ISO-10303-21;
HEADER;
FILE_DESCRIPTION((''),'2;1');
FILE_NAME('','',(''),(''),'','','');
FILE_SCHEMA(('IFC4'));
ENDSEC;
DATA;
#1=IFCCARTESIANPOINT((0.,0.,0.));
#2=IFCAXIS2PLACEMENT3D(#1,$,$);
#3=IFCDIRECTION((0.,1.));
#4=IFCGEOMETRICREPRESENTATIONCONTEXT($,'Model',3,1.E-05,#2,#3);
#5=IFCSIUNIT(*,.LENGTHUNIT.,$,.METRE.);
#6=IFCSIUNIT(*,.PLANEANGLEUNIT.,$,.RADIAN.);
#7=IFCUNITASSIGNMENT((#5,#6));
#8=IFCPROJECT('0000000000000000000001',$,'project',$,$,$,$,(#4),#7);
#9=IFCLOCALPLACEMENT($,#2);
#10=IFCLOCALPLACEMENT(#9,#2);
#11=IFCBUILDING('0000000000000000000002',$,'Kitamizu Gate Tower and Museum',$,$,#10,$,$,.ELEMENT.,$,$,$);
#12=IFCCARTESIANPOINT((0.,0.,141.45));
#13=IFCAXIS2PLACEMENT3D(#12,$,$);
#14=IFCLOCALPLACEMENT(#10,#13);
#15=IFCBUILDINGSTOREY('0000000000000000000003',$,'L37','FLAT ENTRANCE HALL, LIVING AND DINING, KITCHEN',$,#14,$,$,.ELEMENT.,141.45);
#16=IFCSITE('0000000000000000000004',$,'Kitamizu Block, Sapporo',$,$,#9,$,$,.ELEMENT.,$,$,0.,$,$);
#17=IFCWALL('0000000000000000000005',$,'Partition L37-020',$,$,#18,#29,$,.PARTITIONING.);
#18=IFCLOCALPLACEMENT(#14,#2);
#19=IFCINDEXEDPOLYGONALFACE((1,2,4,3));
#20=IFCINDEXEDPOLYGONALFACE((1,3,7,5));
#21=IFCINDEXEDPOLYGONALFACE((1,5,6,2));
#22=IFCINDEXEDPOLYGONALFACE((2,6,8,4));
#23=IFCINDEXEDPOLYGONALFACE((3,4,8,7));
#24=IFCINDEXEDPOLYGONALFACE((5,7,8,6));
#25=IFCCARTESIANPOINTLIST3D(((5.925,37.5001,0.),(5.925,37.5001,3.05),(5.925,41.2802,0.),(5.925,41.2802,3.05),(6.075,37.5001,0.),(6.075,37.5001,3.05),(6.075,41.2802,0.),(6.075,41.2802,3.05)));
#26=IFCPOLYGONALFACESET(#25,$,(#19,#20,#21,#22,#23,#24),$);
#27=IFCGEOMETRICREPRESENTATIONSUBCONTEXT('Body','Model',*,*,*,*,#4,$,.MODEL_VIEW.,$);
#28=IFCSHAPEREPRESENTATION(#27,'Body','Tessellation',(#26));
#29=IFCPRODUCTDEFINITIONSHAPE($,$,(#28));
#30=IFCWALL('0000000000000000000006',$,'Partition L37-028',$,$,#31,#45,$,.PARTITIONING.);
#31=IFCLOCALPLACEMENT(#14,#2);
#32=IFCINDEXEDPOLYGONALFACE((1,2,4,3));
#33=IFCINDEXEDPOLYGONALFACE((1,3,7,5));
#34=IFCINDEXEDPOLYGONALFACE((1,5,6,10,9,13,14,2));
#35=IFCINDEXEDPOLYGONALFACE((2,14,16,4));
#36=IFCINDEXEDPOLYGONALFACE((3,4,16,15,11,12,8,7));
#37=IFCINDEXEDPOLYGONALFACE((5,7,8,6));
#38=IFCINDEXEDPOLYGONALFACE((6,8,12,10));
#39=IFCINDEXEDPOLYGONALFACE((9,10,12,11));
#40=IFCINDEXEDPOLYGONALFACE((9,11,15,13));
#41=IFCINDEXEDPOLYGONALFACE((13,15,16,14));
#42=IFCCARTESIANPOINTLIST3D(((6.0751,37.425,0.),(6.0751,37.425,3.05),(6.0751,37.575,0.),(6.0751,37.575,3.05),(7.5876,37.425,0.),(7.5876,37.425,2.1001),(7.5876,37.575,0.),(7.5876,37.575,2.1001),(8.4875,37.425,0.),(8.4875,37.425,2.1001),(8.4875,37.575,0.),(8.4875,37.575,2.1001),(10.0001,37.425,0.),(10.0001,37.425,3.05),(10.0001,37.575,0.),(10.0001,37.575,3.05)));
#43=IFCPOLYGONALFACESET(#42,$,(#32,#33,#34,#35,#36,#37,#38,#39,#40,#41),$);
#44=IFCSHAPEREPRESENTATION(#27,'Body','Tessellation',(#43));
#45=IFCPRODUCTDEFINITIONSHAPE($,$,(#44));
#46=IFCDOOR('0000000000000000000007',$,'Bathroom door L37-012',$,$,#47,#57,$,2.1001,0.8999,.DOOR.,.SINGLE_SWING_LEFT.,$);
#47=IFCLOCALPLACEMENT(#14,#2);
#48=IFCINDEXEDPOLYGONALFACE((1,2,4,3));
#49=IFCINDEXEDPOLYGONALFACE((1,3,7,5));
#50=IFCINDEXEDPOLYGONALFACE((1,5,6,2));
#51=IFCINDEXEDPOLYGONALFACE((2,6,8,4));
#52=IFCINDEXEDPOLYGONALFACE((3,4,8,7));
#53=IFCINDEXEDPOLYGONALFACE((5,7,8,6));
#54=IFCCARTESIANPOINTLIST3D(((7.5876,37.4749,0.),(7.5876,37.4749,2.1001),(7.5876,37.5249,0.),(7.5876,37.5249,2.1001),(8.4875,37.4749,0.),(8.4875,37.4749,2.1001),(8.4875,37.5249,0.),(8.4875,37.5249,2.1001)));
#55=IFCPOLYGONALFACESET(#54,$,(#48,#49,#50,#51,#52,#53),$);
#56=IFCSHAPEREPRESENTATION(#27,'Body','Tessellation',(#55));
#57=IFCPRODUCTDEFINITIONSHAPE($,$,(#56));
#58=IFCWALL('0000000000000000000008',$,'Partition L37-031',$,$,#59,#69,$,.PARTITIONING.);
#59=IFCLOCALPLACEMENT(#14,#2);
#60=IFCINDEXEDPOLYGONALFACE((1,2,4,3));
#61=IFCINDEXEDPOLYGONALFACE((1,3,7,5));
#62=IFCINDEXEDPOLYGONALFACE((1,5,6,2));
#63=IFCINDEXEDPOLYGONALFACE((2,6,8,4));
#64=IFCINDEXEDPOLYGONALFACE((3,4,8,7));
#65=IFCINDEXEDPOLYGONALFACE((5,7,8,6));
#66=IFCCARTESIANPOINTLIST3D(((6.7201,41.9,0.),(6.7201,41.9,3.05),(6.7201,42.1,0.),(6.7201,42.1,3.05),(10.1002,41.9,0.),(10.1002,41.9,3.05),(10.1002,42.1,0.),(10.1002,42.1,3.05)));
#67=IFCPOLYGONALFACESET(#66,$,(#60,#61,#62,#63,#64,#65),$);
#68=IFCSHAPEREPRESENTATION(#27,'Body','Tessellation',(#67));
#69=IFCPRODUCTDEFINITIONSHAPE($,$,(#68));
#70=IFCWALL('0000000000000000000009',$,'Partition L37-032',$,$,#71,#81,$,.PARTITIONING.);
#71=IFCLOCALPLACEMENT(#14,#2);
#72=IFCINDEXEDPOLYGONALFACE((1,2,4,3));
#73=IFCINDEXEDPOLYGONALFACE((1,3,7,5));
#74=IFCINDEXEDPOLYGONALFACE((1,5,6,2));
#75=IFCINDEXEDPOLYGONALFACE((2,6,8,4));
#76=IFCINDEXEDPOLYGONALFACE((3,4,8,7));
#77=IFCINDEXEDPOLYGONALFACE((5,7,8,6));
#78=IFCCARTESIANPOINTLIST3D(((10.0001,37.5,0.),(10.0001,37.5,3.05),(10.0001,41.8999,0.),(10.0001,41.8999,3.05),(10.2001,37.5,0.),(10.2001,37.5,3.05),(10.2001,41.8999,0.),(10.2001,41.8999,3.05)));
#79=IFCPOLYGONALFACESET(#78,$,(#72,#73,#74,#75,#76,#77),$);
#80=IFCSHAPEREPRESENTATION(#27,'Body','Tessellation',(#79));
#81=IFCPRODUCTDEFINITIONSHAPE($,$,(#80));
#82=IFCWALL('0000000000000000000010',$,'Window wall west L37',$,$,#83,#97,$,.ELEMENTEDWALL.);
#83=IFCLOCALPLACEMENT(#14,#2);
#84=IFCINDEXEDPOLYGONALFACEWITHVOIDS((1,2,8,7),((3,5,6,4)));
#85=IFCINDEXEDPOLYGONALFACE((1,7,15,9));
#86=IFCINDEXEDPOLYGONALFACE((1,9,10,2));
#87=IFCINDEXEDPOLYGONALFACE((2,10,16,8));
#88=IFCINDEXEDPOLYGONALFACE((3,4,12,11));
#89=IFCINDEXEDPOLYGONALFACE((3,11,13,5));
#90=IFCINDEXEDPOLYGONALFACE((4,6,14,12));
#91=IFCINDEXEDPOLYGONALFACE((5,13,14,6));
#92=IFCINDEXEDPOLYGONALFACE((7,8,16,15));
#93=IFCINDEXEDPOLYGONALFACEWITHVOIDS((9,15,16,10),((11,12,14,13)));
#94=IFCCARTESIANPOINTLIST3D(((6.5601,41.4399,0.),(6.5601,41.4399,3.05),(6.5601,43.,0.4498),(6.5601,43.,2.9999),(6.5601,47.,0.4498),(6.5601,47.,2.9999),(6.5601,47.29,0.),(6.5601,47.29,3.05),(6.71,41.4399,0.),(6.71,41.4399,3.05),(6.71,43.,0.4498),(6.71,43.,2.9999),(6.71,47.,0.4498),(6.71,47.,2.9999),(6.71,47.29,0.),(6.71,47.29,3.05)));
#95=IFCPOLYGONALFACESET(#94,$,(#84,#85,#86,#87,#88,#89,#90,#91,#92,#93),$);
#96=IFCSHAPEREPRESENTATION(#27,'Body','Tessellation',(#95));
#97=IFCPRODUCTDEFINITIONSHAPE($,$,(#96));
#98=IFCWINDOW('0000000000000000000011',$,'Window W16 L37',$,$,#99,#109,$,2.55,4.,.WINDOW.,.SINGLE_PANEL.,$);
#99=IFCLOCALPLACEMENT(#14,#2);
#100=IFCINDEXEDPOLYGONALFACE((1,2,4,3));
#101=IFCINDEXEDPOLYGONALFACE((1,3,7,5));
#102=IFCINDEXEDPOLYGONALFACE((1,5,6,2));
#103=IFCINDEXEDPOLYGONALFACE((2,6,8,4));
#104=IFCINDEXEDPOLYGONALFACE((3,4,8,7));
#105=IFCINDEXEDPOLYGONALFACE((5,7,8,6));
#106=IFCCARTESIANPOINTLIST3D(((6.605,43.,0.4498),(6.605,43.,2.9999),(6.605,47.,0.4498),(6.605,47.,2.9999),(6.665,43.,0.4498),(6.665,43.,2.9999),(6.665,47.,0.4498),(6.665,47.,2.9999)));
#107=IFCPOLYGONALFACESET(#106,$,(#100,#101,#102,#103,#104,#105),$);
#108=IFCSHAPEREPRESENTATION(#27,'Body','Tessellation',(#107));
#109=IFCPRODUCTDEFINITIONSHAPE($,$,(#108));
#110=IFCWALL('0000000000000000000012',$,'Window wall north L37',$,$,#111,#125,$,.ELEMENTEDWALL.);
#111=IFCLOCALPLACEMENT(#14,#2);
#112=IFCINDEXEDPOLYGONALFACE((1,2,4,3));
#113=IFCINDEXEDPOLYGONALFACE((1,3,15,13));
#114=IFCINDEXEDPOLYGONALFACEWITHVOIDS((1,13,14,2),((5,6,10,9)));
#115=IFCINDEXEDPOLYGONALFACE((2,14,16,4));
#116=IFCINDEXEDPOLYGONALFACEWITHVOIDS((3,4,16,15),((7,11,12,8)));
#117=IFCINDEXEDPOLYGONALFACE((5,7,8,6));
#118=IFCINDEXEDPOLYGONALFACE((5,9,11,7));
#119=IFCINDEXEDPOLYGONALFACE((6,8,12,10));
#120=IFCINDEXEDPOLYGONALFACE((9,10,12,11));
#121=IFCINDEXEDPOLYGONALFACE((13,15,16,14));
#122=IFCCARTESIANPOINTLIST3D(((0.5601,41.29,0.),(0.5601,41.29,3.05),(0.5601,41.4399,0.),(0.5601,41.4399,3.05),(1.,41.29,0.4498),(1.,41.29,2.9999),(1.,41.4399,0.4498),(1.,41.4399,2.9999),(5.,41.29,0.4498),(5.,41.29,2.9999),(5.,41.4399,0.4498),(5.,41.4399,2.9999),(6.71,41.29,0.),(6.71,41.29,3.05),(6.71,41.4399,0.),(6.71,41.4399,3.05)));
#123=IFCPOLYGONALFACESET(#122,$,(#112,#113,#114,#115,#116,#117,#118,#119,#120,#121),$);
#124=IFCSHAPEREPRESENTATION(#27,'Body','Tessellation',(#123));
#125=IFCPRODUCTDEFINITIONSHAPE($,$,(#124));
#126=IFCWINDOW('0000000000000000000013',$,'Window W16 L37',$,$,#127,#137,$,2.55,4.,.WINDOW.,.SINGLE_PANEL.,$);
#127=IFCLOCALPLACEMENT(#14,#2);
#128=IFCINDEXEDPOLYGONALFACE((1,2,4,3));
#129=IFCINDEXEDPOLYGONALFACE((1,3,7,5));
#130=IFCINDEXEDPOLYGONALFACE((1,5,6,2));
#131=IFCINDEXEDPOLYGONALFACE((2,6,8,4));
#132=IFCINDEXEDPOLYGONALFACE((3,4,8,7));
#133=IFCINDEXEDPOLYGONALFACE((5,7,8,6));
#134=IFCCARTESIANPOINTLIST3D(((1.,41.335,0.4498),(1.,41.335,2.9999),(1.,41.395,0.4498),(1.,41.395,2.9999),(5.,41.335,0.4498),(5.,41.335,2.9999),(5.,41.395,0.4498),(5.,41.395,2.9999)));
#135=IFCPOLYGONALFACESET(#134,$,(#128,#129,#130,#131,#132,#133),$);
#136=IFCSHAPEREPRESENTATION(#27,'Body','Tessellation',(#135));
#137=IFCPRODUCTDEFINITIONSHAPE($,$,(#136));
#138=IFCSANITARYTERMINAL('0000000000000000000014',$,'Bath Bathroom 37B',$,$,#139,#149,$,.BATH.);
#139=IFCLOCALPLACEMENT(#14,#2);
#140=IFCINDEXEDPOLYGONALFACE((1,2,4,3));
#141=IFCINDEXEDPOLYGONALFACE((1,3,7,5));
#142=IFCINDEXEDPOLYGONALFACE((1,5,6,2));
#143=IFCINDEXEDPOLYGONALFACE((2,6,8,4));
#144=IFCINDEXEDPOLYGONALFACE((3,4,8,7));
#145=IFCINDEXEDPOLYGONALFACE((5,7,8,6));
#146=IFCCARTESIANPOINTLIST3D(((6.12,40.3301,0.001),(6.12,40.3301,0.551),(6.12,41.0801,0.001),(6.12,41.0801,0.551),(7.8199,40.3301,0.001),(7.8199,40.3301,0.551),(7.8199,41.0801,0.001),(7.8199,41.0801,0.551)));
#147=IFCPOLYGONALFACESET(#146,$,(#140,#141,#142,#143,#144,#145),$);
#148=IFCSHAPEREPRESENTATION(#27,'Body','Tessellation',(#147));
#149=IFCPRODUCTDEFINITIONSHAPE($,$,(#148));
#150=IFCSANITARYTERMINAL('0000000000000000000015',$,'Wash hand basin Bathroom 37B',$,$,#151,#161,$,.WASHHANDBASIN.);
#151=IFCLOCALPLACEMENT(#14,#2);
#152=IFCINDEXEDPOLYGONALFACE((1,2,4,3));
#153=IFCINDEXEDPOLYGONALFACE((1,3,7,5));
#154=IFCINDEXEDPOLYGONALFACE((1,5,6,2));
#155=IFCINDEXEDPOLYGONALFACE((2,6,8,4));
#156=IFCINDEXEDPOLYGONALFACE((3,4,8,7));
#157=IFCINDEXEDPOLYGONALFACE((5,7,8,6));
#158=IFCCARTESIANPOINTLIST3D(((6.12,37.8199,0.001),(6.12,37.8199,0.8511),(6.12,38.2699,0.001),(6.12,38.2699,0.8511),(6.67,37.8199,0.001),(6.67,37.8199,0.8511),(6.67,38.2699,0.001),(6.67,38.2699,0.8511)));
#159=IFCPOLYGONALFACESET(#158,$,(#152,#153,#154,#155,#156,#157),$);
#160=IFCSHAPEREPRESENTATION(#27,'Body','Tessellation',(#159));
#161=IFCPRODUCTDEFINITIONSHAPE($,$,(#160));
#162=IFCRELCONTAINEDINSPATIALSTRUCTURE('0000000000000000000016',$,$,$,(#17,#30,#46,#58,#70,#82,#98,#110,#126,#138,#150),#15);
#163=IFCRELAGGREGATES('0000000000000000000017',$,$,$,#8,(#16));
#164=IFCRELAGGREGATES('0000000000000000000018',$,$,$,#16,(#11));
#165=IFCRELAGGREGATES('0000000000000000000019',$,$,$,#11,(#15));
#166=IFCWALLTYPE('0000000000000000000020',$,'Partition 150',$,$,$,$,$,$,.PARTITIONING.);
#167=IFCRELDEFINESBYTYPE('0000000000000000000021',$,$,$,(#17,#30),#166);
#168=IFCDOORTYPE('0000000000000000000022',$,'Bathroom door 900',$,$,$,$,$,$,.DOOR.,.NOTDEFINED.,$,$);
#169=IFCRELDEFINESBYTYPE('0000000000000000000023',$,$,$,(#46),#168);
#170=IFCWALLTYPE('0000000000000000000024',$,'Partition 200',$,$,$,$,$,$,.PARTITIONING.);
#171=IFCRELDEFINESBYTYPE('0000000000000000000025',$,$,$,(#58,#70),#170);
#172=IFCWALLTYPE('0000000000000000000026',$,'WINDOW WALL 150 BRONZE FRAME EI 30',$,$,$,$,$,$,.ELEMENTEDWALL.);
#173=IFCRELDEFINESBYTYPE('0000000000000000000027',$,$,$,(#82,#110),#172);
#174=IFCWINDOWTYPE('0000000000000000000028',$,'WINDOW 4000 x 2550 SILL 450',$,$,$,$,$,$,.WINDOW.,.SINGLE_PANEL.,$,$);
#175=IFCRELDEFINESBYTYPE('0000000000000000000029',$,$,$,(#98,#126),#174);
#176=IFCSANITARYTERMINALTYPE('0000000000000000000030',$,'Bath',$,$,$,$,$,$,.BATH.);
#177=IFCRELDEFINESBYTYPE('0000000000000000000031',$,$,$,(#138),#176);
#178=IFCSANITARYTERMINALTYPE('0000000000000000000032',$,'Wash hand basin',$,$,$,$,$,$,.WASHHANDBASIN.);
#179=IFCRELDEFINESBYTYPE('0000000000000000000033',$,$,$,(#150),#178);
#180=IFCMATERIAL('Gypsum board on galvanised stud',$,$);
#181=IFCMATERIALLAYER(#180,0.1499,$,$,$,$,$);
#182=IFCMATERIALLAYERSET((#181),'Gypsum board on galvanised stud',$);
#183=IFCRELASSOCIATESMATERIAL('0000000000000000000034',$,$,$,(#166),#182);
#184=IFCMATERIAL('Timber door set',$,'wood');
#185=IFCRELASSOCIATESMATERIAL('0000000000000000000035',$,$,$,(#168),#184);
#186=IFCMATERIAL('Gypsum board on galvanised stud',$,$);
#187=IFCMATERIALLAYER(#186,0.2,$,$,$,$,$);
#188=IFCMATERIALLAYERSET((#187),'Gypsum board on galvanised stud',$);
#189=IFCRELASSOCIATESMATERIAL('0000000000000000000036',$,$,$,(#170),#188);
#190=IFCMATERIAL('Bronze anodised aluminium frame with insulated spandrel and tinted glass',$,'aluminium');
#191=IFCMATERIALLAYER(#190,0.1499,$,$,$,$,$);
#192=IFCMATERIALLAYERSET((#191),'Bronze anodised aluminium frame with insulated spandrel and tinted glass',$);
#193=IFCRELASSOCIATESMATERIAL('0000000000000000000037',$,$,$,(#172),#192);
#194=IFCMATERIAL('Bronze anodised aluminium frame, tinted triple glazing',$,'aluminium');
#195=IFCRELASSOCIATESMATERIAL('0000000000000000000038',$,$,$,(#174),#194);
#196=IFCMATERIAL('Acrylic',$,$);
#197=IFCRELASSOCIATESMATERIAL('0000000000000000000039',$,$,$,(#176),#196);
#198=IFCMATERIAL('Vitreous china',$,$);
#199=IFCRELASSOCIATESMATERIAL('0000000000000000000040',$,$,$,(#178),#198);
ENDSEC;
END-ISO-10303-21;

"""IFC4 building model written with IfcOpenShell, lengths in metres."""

from ifc_helpers import new_model, si_unit, direction, frame, frame_2d, origin, origin_2d, place, context, subcontext, project, spatial, rectangle, extrude, material, layer, layer_set, type_object, element, fill, save


model = new_model("IFC4")

# Units and contexts
model_context = context("Model", 3, precision=1e-05, world=origin(), true_north=direction((0.0, 1.0)))
body_context = subcontext(model_context, "Body", "Model", "MODEL_VIEW")
ifc_project = project(units=[si_unit("LENGTHUNIT", "METRE"), si_unit("PLANEANGLEUNIT", "RADIAN")], contexts=[model_context])

# Site, building, storey
site_placement = place(None, origin())
site = spatial("IfcSite", under=ifc_project, at=site_placement, Name="Kitamizu Block, Sapporo", CompositionType="ELEMENT", RefElevation=0.0)
building_placement = place(site_placement, origin())
building = spatial("IfcBuilding", under=site, at=building_placement, Name="Kitamizu Gate Tower and Museum", CompositionType="ELEMENT")
storey_placement = place(building_placement, frame((0.0, 0.0, 141.45)))
storey = spatial("IfcBuildingStorey", under=building, at=storey_placement, Name="L37", Description="FLAT ENTRANCE HALL, LIVING AND DINING, KITCHEN", CompositionType="ELEMENT", Elevation=141.45)

# Wall
ifc_material_1 = material(Name="Gypsum board on galvanised stud")
ifc_layer_1 = layer(ifc_material_1, 0.1499)
ifc_layer_set_1 = layer_set([ifc_layer_1], Name="Gypsum board on galvanised stud")
wall_type_1 = type_object("IfcWallType", Name="Partition 150", PredefinedType="PARTITIONING", material=ifc_layer_set_1)
wall_1_placement = place(storey_placement, frame((6.0, 37.5, 0.0), z_axis=(0.0, 0.0, 1.0), x_axis=(0.0, 1.0, 0.0)))
element("IfcWall", 1, at=wall_1_placement, inside=storey, type_object=wall_type_1, Name="Partition L37-020", PredefinedType="PARTITIONING", context=body_context, shape_type="SweptSolid", body=[
    extrude(rectangle(XDim=3.78, YDim=0.1499, at=frame_2d((1.8901, 0.0))), origin(), (0.0, 0.0, 1.0), 3.05),
])

# Wall, opening, door
wall_2_placement = place(storey_placement, frame((10.0, 37.5, 0.0), z_axis=(0.0, 0.0, 1.0), x_axis=(-1.0, 0.0, 0.0)))
wall_2 = element("IfcWall", 2, at=wall_2_placement, inside=storey, type_object=wall_type_1, Name="Partition L37-028", PredefinedType="PARTITIONING", context=body_context, shape_type="SweptSolid", body=[
    extrude(rectangle(XDim=3.925, YDim=0.1499, at=frame_2d((1.9624, 0.0))), origin(), (0.0, 0.0, 1.0), 3.05),
])
opening_1_placement = place(wall_2_placement, frame((1.5125, 0.0, 0.0)))
opening_1 = element("IfcOpeningElement", 3, at=opening_1_placement, cuts=wall_2, PredefinedType="OPENING", context=body_context, shape_type="SweptSolid", body=[
    extrude(rectangle(XDim=0.8999, YDim=2.1001, at=frame_2d((0.45, 1.05))), frame((0.0, 0.085, 0.0), z_axis=(0.0, -1.0, 0.0), x_axis=(1.0, 0.0, 0.0)), (0.0, 0.0, 1.0), 0.1699),
])
ifc_material_2 = material(Name="Timber door set", Category="wood")
door_type = type_object("IfcDoorType", Name="Bathroom door 900", OperationType="NOTDEFINED", PredefinedType="DOOR", material=ifc_material_2)
door_placement = place(opening_1_placement, frame((0.8999, 0.0, 0.0), x_axis=(-1.0, 0.0, 0.0)))
door = element("IfcDoor", 4, at=door_placement, inside=storey, type_object=door_type, Name="Bathroom door L37-012", OperationType="SINGLE_SWING_LEFT", OverallHeight=2.1001, OverallWidth=0.8999, PredefinedType="DOOR", context=body_context, shape_type="SweptSolid", body=[
    extrude(rectangle(XDim=0.8999, YDim=2.1001, at=frame_2d((0.45, 1.05))), frame((0.0, 0.0249, 0.0), z_axis=(0.0, -1.0, 0.0), x_axis=(1.0, 0.0, 0.0)), (0.0, 0.0, 1.0), 0.05),
])
fill(opening_1, door)

# Walls
ifc_material_3 = material(Name="Gypsum board on galvanised stud")
ifc_layer_2 = layer(ifc_material_3, 0.2)
ifc_layer_set_2 = layer_set([ifc_layer_2], Name="Gypsum board on galvanised stud")
wall_type_2 = type_object("IfcWallType", Name="Partition 200", PredefinedType="PARTITIONING", material=ifc_layer_set_2)
wall_3_placement = place(storey_placement, frame((10.1001, 42.0, 0.0), z_axis=(0.0, 0.0, 1.0), x_axis=(-1.0, 0.0, 0.0)))
element("IfcWall", 5, at=wall_3_placement, inside=storey, type_object=wall_type_2, Name="Partition L37-031", PredefinedType="PARTITIONING", context=body_context, shape_type="SweptSolid", body=[
    extrude(rectangle(XDim=3.3801, YDim=0.2, at=frame_2d((1.6899, 0.0))), origin(), (0.0, 0.0, 1.0), 3.05),
])
wall_4_placement = place(storey_placement, frame((10.1001, 37.5, 0.0), z_axis=(0.0, 0.0, 1.0), x_axis=(0.0, 1.0, 0.0)))
element("IfcWall", 6, at=wall_4_placement, inside=storey, type_object=wall_type_2, Name="Partition L37-032", PredefinedType="PARTITIONING", context=body_context, shape_type="SweptSolid", body=[
    extrude(rectangle(XDim=4.3999, YDim=0.2, at=frame_2d((2.2, 0.0))), origin(), (0.0, 0.0, 1.0), 3.05),
])

# Shared definitions
ifc_material_4 = material(Name="Bronze anodised aluminium frame with insulated spandrel and tinted glass", Category="aluminium")
ifc_layer_3 = layer(ifc_material_4, 0.1499)
ifc_layer_set_3 = layer_set([ifc_layer_3], Name="Bronze anodised aluminium frame with insulated spandrel and tinted glass")
wall_type_3 = type_object("IfcWallType", Name="WINDOW WALL 150 BRONZE FRAME EI 30", PredefinedType="ELEMENTEDWALL", material=ifc_layer_set_3)

# Walls, openings, windows
wall_5_placement = place(storey_placement, frame((6.635, 41.4399, 0.0), z_axis=(0.0, 0.0, 1.0), x_axis=(0.0, 1.0, 0.0)))
wall_5 = element("IfcWall", 7, at=wall_5_placement, inside=storey, type_object=wall_type_3, Name="Window wall west L37", PredefinedType="ELEMENTEDWALL", context=body_context, shape_type="SweptSolid", body=[
    extrude(rectangle(XDim=5.8501, YDim=0.1499, at=frame_2d((2.925, 0.0))), origin(), (0.0, 0.0, 1.0), 3.05),
])
opening_2_placement = place(wall_5_placement, frame((1.5601, 0.0, 0.45)))
opening_2 = element("IfcOpeningElement", 8, at=opening_2_placement, cuts=wall_5, PredefinedType="OPENING", context=body_context, shape_type="SweptSolid", body=[
    extrude(rectangle(XDim=4.0, YDim=2.55, at=frame_2d((2.0, 1.2749))), frame((0.0, 0.085, 0.0), z_axis=(0.0, -1.0, 0.0), x_axis=(1.0, 0.0, 0.0)), (0.0, 0.0, 1.0), 0.1699),
])
ifc_material_5 = material(Name="Bronze anodised aluminium frame, tinted triple glazing", Category="aluminium")
window_type_1 = type_object("IfcWindowType", Name="WINDOW 4000 x 2550 SILL 450", PartitioningType="SINGLE_PANEL", PredefinedType="WINDOW", material=ifc_material_5)
window_1_placement = place(opening_2_placement, origin())
window_1 = element("IfcWindow", 9, at=window_1_placement, inside=storey, type_object=window_type_1, Name="Window W16 L37", OverallHeight=2.55, OverallWidth=4.0, PartitioningType="SINGLE_PANEL", PredefinedType="WINDOW", context=body_context, shape_type="SweptSolid", body=[
    extrude(rectangle(XDim=4.0, YDim=2.55, at=frame_2d((2.0, 1.2749))), frame((0.0, 0.03, 0.0), z_axis=(0.0, -1.0, 0.0), x_axis=(1.0, 0.0, 0.0)), (0.0, 0.0, 1.0), 0.0601),
])
fill(opening_2, window_1)
wall_6_placement = place(storey_placement, frame((0.5601, 41.365, 0.0), z_axis=(0.0, 0.0, 1.0), x_axis=(1.0, 0.0, 0.0)))
wall_6 = element("IfcWall", 10, at=wall_6_placement, inside=storey, type_object=wall_type_3, Name="Window wall north L37", PredefinedType="ELEMENTEDWALL", context=body_context, shape_type="SweptSolid", body=[
    extrude(rectangle(XDim=6.1499, YDim=0.1499, at=frame_2d((3.075, 0.0))), origin(), (0.0, 0.0, 1.0), 3.05),
])
opening_3_placement = place(wall_6_placement, frame((0.4399, 0.0, 0.45)))
opening_3 = element("IfcOpeningElement", 11, at=opening_3_placement, cuts=wall_6, PredefinedType="OPENING", context=body_context, shape_type="SweptSolid", body=[
    extrude(rectangle(XDim=4.0, YDim=2.55, at=frame_2d((2.0, 1.2749))), frame((0.0, 0.085, 0.0), z_axis=(0.0, -1.0, 0.0), x_axis=(1.0, 0.0, 0.0)), (0.0, 0.0, 1.0), 0.1699),
])
window_2_placement = place(opening_3_placement, origin())
window_2 = element("IfcWindow", 12, at=window_2_placement, inside=storey, type_object=window_type_1, Name="Window W16 L37", OverallHeight=2.55, OverallWidth=4.0, PartitioningType="SINGLE_PANEL", PredefinedType="WINDOW", context=body_context, shape_type="SweptSolid", body=[
    extrude(rectangle(XDim=4.0, YDim=2.55, at=frame_2d((2.0, 1.2749))), frame((0.0, 0.03, 0.0), z_axis=(0.0, -1.0, 0.0), x_axis=(1.0, 0.0, 0.0)), (0.0, 0.0, 1.0), 0.0601),
])
fill(opening_3, window_2)

# Sanitary terminals
ifc_material_6 = material(Name="Acrylic")
sanitary_terminal_type_1 = type_object("IfcSanitaryTerminalType", Name="Bath", PredefinedType="BATH", material=ifc_material_6)
sanitary_terminal_1_placement = place(storey_placement, frame((6.97, 40.7051, 0.001), z_axis=(0.0, 0.0, 1.0), x_axis=(1.0, 0.0, 0.0)))
element("IfcSanitaryTerminal", 13, at=sanitary_terminal_1_placement, inside=storey, type_object=sanitary_terminal_type_1, Name="Bath Bathroom 37B", PredefinedType="BATH", context=body_context, shape_type="SweptSolid", body=[
    extrude(rectangle(XDim=1.7, YDim=0.75, at=origin_2d()), origin(), (0.0, 0.0, 1.0), 0.55),
])
ifc_material_7 = material(Name="Vitreous china")
sanitary_terminal_type_2 = type_object("IfcSanitaryTerminalType", Name="Wash hand basin", PredefinedType="WASHHANDBASIN", material=ifc_material_7)
sanitary_terminal_2_placement = place(storey_placement, frame((6.395, 38.0449, 0.001), z_axis=(0.0, 0.0, 1.0), x_axis=(1.0, 0.0, 0.0)))
element("IfcSanitaryTerminal", 14, at=sanitary_terminal_2_placement, inside=storey, type_object=sanitary_terminal_type_2, Name="Wash hand basin Bathroom 37B", PredefinedType="WASHHANDBASIN", context=body_context, shape_type="SweptSolid", body=[
    extrude(rectangle(XDim=0.55, YDim=0.45, at=origin_2d()), origin(), (0.0, 0.0, 1.0), 0.8501),
])

save(model, "model.ifc")
